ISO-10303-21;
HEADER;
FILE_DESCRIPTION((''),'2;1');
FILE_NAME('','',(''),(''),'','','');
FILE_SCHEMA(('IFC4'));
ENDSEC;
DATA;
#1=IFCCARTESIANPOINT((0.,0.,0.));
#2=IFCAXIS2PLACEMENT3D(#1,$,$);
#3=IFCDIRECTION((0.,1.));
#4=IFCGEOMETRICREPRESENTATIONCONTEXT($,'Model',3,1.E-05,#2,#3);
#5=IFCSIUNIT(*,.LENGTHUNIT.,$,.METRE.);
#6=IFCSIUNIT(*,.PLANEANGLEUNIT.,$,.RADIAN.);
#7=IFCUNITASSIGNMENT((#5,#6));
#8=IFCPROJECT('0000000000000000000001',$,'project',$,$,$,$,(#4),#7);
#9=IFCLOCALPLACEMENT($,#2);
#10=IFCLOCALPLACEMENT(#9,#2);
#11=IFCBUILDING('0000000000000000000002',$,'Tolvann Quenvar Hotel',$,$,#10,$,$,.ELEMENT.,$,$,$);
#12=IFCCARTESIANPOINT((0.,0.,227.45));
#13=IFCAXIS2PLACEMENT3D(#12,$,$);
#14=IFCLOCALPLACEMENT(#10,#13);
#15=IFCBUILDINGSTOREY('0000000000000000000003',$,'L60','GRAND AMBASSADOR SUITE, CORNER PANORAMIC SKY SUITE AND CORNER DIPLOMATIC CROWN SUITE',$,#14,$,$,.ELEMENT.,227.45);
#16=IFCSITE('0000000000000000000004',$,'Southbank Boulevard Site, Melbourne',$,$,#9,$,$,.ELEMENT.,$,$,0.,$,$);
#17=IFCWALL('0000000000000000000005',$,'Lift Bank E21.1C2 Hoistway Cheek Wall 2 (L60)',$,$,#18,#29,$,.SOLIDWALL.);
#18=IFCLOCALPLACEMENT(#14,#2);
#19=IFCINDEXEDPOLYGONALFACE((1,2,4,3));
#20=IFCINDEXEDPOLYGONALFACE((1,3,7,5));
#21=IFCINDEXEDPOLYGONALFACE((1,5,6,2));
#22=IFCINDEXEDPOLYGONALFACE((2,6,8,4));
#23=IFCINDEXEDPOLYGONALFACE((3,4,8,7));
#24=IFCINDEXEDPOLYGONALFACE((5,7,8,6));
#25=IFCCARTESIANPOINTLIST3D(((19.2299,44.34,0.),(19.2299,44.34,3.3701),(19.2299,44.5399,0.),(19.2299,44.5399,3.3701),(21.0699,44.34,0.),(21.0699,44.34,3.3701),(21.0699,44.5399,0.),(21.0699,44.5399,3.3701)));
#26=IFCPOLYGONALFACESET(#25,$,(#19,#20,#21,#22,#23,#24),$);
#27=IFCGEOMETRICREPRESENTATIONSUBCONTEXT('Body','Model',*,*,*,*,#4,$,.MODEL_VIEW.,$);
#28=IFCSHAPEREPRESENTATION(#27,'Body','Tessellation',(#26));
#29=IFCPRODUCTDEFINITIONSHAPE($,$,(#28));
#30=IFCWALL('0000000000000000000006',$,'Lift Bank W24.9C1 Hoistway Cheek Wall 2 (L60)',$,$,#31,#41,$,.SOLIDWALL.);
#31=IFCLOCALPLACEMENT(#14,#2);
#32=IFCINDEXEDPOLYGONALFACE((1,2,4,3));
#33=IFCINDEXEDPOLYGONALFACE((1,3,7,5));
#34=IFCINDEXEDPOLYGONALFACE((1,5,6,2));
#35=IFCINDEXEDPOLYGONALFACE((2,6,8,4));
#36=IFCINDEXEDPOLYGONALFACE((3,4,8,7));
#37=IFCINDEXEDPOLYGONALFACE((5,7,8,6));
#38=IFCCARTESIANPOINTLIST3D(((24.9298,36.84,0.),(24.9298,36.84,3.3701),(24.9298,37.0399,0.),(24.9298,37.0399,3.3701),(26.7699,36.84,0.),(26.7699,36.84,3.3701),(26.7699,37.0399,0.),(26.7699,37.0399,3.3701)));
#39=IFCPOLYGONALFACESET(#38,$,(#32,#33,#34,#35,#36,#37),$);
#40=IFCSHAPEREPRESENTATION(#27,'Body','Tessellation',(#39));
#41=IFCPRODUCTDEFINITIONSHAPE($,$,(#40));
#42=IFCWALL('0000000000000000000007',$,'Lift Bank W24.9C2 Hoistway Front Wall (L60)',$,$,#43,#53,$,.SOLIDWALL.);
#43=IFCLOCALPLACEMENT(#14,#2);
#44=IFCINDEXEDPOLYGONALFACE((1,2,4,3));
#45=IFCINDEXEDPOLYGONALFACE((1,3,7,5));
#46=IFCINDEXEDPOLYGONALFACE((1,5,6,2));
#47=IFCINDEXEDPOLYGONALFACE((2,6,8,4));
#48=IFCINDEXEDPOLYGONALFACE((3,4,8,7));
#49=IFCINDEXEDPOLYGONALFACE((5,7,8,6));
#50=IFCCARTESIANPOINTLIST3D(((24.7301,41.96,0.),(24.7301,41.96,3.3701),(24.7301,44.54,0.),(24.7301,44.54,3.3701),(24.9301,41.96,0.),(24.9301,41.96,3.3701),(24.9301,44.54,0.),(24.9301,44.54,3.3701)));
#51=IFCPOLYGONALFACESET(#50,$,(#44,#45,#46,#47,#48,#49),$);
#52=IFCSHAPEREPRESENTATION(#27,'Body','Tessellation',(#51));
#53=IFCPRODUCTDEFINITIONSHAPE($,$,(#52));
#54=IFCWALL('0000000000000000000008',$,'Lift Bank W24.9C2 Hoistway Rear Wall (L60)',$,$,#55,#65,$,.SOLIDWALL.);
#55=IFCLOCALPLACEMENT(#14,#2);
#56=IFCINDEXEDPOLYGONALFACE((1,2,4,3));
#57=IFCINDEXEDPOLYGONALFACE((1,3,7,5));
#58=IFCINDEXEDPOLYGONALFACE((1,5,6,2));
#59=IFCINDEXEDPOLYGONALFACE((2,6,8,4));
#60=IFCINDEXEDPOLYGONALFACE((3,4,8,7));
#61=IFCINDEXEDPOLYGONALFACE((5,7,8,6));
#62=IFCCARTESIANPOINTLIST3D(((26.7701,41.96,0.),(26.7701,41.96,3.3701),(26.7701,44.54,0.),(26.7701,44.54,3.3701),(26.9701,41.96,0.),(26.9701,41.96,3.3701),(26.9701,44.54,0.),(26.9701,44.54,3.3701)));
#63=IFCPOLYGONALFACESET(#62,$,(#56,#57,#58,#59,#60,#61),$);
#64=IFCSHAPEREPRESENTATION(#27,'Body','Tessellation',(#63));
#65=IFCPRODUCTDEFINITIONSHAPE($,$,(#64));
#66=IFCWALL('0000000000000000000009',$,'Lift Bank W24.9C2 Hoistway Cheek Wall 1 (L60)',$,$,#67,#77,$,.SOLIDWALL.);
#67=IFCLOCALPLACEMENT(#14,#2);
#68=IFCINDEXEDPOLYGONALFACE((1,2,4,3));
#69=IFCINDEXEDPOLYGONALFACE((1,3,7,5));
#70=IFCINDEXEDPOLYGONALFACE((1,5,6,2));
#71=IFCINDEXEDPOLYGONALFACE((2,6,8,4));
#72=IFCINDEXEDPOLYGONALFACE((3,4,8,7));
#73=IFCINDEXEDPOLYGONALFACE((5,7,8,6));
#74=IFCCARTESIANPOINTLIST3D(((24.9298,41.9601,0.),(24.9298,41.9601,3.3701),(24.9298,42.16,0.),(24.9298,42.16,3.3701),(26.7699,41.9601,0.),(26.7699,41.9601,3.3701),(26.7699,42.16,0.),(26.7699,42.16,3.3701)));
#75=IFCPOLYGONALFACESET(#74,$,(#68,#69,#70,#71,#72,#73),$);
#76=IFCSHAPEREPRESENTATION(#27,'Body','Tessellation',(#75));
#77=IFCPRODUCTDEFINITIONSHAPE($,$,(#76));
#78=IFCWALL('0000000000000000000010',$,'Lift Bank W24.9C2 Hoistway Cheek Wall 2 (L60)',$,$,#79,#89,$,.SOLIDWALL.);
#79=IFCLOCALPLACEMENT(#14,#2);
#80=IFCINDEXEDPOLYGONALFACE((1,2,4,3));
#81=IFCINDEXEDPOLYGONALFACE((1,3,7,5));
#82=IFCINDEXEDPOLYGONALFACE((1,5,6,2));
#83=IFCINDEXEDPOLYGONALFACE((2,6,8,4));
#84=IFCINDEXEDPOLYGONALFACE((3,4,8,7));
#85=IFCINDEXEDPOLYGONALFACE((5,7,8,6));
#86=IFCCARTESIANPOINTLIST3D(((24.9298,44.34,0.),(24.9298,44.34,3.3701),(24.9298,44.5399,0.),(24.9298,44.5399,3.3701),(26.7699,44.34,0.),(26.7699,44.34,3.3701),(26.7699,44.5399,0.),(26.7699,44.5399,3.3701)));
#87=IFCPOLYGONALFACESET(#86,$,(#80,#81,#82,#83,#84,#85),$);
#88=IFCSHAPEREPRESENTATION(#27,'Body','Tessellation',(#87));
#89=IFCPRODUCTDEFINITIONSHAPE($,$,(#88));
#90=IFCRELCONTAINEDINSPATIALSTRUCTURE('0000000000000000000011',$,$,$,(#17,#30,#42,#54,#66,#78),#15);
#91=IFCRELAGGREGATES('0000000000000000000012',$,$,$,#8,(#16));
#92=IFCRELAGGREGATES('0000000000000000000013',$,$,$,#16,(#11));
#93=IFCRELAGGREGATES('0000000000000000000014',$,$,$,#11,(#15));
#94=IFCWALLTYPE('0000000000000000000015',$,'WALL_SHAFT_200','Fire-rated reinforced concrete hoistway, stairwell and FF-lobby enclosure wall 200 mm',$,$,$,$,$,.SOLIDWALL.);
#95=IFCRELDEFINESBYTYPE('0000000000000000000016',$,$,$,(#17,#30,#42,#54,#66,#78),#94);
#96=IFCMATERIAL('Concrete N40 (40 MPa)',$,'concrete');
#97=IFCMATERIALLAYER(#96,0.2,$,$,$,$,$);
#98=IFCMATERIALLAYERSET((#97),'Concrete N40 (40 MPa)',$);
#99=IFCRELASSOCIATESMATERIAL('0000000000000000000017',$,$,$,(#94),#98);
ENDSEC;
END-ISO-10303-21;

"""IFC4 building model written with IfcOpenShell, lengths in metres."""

from ifc_helpers import new_model, si_unit, direction, frame, frame_2d, origin, place, context, subcontext, project, spatial, rectangle, extrude, material, layer, layer_set, type_object, element, save


model = new_model("IFC4")

# Units and contexts
model_context = context("Model", 3, precision=1e-05, world=origin(), true_north=direction((0.0, 1.0)))
body_context = subcontext(model_context, "Body", "Model", "MODEL_VIEW")
ifc_project = project(units=[si_unit("LENGTHUNIT", "METRE"), si_unit("PLANEANGLEUNIT", "RADIAN")], contexts=[model_context])

# Site, building, storey
site_placement = place(None, origin())
site = spatial("IfcSite", under=ifc_project, at=site_placement, Name="Southbank Boulevard Site, Melbourne", CompositionType="ELEMENT", RefElevation=0.0)
building_placement = place(site_placement, origin())
building = spatial("IfcBuilding", under=site, at=building_placement, Name="Tolvann Quenvar Hotel", CompositionType="ELEMENT")
storey_placement = place(building_placement, frame((0.0, 0.0, 227.45)))
storey = spatial("IfcBuildingStorey", under=building, at=storey_placement, Name="L60", Description="GRAND AMBASSADOR SUITE, CORNER PANORAMIC SKY SUITE AND CORNER DIPLOMATIC CROWN SUITE", CompositionType="ELEMENT", Elevation=227.45)

# Walls
ifc_material_1 = material(Name="Concrete N40 (40 MPa)", Category="concrete")
ifc_layer_1 = layer(ifc_material_1, 0.2)
ifc_layer_set_1 = layer_set([ifc_layer_1], Name="Concrete N40 (40 MPa)")
wall_type_1 = type_object("IfcWallType", Name="WALL_SHAFT_200", Description="Fire-rated reinforced concrete hoistway, stairwell and FF-lobby enclosure wall 200 mm", PredefinedType="SOLIDWALL", material=ifc_layer_set_1)
for number, where, z_axis, x_axis, name in (
    (1, (19.23, 44.4399, 0.0), (0.0, 0.0, 1.0), (1.0, 0.0, 0.0), "Lift Bank E21.1C2 Hoistway Cheek Wall 2 (L60)"),
    (2, (24.9299, 36.9399, 0.0), (0.0, 0.0, 1.0), (1.0, 0.0, 0.0), "Lift Bank W24.9C1 Hoistway Cheek Wall 2 (L60)"),
):
    element("IfcWall", number, at=place(storey_placement, frame(where, z_axis=z_axis, x_axis=x_axis)), inside=storey, type_object=wall_type_1, Name=name, PredefinedType="SOLIDWALL", context=body_context, shape_type="SweptSolid", body=[
        extrude(rectangle(XDim=1.8401, YDim=0.2, at=frame_2d((0.9199, 0.0))), origin(), (0.0, 0.0, 1.0), 3.3701),
    ])
for number, where, z_axis, x_axis, name in (
    (3, (24.8301, 41.96, 0.0), (0.0, 0.0, 1.0), (0.0, 1.0, 0.0), "Lift Bank W24.9C2 Hoistway Front Wall (L60)"),
    (4, (26.8701, 41.96, 0.0), (0.0, 0.0, 1.0), (0.0, 1.0, 0.0), "Lift Bank W24.9C2 Hoistway Rear Wall (L60)"),
):
    element("IfcWall", number, at=place(storey_placement, frame(where, z_axis=z_axis, x_axis=x_axis)), inside=storey, type_object=wall_type_1, Name=name, PredefinedType="SOLIDWALL", context=body_context, shape_type="SweptSolid", body=[
        extrude(rectangle(XDim=2.5801, YDim=0.2, at=frame_2d((1.29, 0.0))), origin(), (0.0, 0.0, 1.0), 3.3701),
    ])
for number, where, z_axis, x_axis, name in (
    (5, (24.9299, 42.0601, 0.0), (0.0, 0.0, 1.0), (1.0, 0.0, 0.0), "Lift Bank W24.9C2 Hoistway Cheek Wall 1 (L60)"),
    (6, (24.9299, 44.4399, 0.0), (0.0, 0.0, 1.0), (1.0, 0.0, 0.0), "Lift Bank W24.9C2 Hoistway Cheek Wall 2 (L60)"),
):
    element("IfcWall", number, at=place(storey_placement, frame(where, z_axis=z_axis, x_axis=x_axis)), inside=storey, type_object=wall_type_1, Name=name, PredefinedType="SOLIDWALL", context=body_context, shape_type="SweptSolid", body=[
        extrude(rectangle(XDim=1.8401, YDim=0.2, at=frame_2d((0.9199, 0.0))), origin(), (0.0, 0.0, 1.0), 3.3701),
    ])

save(model, "model.ifc")
